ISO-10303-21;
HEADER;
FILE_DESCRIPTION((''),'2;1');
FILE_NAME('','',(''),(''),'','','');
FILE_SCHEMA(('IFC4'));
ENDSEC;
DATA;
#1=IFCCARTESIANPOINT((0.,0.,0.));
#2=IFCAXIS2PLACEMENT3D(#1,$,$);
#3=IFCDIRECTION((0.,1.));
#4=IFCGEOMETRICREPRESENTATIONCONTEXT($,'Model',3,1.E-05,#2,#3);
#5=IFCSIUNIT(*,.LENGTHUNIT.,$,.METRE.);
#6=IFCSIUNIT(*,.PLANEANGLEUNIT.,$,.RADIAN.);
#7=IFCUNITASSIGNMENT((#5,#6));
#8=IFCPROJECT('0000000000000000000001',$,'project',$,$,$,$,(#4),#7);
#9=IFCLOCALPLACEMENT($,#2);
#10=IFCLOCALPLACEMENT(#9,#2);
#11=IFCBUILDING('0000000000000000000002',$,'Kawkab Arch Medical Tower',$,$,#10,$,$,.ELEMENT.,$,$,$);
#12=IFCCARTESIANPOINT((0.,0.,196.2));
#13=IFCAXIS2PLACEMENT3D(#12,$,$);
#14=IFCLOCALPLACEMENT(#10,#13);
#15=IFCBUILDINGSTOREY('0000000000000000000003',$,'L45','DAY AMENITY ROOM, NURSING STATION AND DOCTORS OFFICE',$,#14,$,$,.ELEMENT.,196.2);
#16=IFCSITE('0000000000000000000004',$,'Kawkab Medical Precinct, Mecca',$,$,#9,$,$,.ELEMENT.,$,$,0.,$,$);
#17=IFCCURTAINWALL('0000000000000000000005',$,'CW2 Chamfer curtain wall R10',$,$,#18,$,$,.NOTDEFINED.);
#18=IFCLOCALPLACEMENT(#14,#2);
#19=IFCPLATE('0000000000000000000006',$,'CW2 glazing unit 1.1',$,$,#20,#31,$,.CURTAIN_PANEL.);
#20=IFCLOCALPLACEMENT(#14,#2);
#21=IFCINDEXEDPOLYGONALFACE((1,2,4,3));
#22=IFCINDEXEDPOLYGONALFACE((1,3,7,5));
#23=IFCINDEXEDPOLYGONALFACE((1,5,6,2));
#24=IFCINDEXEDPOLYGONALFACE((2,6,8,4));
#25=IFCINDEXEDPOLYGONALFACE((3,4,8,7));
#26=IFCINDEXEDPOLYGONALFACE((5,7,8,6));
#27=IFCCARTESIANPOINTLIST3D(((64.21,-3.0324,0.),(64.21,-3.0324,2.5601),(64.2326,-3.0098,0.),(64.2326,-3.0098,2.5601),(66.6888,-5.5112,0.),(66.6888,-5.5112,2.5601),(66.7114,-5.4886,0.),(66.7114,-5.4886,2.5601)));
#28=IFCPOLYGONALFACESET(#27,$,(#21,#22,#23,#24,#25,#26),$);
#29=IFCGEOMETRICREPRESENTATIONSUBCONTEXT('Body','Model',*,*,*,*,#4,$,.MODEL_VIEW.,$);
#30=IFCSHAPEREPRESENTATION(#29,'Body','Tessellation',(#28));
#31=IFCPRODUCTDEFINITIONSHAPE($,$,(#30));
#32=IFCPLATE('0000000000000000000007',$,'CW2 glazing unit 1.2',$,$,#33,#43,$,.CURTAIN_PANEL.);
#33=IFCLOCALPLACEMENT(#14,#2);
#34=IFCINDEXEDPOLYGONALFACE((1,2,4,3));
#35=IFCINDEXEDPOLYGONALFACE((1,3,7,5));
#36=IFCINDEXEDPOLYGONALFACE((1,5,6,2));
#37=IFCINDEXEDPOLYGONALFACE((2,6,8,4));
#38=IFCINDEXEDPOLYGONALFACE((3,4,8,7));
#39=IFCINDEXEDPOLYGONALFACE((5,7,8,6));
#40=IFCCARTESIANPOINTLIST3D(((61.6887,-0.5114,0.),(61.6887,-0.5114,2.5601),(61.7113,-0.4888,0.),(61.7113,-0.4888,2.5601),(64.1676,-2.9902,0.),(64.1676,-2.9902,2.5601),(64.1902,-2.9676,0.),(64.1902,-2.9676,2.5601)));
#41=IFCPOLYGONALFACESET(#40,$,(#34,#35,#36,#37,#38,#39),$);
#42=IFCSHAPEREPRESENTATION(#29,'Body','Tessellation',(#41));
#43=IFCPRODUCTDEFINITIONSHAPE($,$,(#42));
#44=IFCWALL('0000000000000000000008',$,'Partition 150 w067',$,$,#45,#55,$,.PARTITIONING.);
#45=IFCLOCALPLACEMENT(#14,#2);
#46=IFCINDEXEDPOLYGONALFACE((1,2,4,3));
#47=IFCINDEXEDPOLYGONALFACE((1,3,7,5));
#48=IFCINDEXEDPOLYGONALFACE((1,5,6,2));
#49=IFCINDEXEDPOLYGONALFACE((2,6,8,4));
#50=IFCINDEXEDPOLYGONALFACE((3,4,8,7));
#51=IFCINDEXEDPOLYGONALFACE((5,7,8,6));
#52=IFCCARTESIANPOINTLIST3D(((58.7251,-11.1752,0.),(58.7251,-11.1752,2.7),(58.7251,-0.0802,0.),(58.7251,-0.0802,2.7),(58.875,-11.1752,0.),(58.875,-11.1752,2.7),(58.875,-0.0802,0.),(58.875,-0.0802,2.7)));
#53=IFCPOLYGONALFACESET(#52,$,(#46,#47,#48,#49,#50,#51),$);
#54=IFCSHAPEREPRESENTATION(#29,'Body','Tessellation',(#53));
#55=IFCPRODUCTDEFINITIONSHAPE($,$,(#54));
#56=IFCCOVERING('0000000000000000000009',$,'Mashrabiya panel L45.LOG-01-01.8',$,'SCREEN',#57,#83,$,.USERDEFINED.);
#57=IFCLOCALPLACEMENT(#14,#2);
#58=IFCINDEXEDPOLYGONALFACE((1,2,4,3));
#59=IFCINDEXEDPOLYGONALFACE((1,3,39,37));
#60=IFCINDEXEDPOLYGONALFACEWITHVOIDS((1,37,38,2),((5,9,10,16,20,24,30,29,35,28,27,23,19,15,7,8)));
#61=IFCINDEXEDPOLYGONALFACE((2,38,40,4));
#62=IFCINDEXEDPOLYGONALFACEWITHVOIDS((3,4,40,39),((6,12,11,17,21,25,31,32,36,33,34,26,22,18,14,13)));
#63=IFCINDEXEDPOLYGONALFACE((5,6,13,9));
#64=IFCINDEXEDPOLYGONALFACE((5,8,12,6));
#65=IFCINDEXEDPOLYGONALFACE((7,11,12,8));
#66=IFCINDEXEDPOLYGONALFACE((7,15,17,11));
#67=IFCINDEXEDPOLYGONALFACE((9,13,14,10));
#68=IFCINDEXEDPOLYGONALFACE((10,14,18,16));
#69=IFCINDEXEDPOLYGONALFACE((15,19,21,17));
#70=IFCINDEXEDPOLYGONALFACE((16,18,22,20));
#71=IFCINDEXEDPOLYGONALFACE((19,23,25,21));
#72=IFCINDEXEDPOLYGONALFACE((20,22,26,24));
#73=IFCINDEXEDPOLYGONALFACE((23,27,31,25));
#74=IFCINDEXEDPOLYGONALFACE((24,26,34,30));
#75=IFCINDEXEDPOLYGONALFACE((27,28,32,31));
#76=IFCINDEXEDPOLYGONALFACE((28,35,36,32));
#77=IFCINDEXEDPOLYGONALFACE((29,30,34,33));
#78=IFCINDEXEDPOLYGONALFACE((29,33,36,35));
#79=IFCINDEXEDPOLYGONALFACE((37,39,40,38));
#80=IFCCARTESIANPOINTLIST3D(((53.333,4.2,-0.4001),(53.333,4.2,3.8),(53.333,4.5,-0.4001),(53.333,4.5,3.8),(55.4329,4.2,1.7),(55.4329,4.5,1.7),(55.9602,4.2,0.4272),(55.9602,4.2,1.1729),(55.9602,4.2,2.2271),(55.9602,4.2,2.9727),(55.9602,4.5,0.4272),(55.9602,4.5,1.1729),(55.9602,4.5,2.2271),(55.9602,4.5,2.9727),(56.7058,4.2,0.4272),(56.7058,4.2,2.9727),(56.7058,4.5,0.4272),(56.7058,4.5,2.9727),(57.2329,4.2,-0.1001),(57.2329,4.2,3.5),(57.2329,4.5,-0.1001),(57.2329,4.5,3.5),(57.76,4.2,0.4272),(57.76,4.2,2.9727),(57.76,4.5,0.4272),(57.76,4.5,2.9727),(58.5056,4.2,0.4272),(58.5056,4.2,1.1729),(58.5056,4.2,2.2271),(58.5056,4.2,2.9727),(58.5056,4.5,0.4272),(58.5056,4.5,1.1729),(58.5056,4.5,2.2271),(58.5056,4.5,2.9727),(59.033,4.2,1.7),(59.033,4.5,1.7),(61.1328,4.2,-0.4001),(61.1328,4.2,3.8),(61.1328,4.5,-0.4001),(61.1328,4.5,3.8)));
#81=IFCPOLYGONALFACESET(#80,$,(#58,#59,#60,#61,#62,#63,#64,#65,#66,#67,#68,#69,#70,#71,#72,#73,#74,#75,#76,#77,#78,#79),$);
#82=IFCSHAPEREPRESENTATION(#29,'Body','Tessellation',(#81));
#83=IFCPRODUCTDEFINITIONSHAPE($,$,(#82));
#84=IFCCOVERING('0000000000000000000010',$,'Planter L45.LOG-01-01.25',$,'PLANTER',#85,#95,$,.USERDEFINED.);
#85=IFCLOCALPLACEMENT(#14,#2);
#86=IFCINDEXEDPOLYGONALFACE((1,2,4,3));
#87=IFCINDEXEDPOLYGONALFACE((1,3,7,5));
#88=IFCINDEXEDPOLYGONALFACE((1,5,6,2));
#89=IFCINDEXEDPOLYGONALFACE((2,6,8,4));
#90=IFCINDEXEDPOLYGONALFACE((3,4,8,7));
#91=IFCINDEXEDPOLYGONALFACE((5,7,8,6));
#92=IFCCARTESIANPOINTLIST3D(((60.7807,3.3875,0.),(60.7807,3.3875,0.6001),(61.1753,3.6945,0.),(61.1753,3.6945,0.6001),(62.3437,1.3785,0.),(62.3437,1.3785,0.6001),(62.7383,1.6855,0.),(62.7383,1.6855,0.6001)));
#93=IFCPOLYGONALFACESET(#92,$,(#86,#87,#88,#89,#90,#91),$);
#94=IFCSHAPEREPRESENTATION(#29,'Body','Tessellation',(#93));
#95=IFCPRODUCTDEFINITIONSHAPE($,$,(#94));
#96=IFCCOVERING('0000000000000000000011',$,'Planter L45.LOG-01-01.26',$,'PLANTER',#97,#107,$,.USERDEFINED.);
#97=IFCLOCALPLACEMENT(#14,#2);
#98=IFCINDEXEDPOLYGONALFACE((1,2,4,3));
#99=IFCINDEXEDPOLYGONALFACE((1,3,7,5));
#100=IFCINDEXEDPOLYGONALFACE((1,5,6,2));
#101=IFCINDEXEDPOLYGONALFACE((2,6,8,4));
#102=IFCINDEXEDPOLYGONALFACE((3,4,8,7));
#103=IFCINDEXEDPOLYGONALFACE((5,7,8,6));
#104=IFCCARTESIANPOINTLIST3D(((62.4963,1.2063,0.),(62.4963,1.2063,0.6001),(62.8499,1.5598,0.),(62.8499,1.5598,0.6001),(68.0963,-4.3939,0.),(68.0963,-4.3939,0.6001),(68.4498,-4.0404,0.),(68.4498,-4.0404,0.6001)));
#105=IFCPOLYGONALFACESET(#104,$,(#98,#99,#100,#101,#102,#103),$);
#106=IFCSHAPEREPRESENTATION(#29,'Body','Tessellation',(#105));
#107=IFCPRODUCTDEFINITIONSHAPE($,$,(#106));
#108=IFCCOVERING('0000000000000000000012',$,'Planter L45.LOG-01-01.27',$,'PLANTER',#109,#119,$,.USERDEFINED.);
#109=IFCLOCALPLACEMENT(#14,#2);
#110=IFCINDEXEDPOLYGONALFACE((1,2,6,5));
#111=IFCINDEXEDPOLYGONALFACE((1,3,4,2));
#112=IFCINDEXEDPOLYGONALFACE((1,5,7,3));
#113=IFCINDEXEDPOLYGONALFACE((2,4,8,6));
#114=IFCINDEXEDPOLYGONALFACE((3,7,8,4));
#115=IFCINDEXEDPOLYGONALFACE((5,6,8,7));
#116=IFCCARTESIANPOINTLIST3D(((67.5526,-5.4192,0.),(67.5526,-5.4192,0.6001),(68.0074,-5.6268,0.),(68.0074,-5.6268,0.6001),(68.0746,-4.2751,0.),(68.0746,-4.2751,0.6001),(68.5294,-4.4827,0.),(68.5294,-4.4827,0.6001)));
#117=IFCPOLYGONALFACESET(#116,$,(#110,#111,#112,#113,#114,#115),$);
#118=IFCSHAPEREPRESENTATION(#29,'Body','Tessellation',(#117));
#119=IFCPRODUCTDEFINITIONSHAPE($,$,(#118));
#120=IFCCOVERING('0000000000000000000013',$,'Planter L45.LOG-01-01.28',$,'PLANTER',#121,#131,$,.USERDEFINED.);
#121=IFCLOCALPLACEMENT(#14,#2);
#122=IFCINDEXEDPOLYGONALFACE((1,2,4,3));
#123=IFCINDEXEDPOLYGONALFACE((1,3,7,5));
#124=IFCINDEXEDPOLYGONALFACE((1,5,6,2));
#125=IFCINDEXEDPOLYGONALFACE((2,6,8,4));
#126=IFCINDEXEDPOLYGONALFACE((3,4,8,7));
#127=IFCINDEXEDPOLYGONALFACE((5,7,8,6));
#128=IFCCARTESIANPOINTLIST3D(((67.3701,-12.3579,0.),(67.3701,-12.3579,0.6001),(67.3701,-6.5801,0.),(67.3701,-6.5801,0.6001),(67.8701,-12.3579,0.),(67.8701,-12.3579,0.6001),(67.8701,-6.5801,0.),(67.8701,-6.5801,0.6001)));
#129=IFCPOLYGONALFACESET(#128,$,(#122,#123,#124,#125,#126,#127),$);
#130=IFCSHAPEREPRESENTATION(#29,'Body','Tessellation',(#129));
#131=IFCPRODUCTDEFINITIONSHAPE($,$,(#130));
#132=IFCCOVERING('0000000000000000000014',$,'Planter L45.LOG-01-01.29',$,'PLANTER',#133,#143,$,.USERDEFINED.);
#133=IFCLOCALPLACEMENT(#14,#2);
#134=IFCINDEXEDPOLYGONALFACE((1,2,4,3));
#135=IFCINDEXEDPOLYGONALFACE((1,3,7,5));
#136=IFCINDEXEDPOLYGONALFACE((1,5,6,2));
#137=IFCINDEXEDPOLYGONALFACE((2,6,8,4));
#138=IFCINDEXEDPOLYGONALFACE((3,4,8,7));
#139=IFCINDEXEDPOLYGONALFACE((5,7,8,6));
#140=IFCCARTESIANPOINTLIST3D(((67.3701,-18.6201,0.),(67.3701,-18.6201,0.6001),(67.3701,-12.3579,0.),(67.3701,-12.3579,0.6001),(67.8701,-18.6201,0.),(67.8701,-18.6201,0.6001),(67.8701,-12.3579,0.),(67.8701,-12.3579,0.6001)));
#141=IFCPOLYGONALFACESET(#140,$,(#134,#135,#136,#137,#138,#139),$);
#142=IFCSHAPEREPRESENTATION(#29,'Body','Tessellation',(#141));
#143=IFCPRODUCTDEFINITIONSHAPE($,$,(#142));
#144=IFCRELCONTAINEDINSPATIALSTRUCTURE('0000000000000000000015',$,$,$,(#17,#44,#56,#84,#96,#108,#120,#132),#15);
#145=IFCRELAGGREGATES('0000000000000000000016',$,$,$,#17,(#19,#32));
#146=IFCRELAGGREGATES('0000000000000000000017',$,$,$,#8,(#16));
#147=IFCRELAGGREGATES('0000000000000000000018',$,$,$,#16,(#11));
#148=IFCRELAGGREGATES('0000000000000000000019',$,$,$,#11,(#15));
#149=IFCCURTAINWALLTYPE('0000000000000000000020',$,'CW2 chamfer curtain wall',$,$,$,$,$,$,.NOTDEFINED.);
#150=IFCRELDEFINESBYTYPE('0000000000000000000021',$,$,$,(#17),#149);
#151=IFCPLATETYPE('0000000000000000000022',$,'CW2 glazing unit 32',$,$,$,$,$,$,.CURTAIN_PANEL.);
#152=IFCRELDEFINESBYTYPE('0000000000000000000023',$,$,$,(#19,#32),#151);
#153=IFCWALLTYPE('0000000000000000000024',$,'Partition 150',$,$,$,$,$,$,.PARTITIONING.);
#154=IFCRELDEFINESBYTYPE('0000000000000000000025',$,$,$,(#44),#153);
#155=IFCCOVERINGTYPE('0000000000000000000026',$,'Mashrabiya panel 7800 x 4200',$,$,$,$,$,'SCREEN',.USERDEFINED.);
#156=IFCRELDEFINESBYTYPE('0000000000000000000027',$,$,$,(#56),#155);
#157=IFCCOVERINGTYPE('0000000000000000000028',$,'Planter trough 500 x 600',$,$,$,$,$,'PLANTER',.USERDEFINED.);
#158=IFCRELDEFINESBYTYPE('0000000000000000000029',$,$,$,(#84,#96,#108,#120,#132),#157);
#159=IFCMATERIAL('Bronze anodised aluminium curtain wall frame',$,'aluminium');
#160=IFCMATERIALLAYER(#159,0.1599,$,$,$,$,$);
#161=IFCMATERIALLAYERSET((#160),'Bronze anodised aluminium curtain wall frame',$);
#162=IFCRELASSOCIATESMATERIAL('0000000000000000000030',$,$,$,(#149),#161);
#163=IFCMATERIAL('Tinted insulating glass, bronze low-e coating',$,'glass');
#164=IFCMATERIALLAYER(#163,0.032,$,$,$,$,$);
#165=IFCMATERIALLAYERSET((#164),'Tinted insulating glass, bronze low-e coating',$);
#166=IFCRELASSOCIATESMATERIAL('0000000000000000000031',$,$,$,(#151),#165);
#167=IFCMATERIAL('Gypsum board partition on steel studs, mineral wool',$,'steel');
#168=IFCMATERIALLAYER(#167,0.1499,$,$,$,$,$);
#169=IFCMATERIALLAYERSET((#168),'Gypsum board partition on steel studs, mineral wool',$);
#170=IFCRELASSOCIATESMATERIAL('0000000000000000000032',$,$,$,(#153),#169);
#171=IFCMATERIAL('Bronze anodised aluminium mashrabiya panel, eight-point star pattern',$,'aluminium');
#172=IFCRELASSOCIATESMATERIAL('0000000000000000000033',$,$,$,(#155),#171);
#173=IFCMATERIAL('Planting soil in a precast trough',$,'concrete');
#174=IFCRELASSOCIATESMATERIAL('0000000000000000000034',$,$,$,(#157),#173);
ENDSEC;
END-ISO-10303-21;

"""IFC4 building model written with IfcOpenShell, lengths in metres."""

from ifc_helpers import new_model, si_unit, direction, frame, frame_2d, origin, origin_2d, place, context, subcontext, project, spatial, polyline, rectangle, outline, extrude, material, layer, layer_set, material_profile, profile_set, type_object, element, aggregate, save


model = new_model("IFC4")

# Units and contexts
model_context = context("Model", 3, precision=1e-05, world=origin(), true_north=direction((0.0, 1.0)))
body_context = subcontext(model_context, "Body", "Model", "MODEL_VIEW")
ifc_project = project(units=[si_unit("LENGTHUNIT", "METRE"), si_unit("PLANEANGLEUNIT", "RADIAN")], contexts=[model_context])

# Site, building, storey
site_placement = place(None, origin())
site = spatial("IfcSite", under=ifc_project, at=site_placement, Name="Kawkab Medical Precinct, Mecca", CompositionType="ELEMENT", RefElevation=0.0)
building_placement = place(site_placement, origin())
building = spatial("IfcBuilding", under=site, at=building_placement, Name="Kawkab Arch Medical Tower", CompositionType="ELEMENT")
storey_placement = place(building_placement, frame((0.0, 0.0, 196.2)))
storey = spatial("IfcBuildingStorey", under=building, at=storey_placement, Name="L45", Description="DAY AMENITY ROOM, NURSING STATION AND DOCTORS OFFICE", CompositionType="ELEMENT", Elevation=196.2)

# Shared definitions
placement = place(storey_placement, origin())

# Curtain wall
ifc_material_1 = material(Name="Bronze anodised aluminium curtain wall frame", Category="aluminium")
ifc_layer_1 = layer(ifc_material_1, 0.1599)
ifc_layer_set_1 = layer_set([ifc_layer_1], Name="Bronze anodised aluminium curtain wall frame")
curtain_wall_type_1 = type_object("IfcCurtainWallType", Name="CW2 chamfer curtain wall", PredefinedType="NOTDEFINED", material=ifc_layer_set_1)
curtain_wall_1 = element("IfcCurtainWall", 1, at=placement, inside=storey, type_object=curtain_wall_type_1, Name="CW2 Chamfer curtain wall R10", PredefinedType="NOTDEFINED")

# Plates
ifc_material_2 = material(Name="Tinted insulating glass, bronze low-e coating", Category="glass")
ifc_layer_2 = layer(ifc_material_2, 0.032)
ifc_layer_set_2 = layer_set([ifc_layer_2], Name="Tinted insulating glass, bronze low-e coating")
plate_type_1 = type_object("IfcPlateType", Name="CW2 glazing unit 32", PredefinedType="CURTAIN_PANEL", material=ifc_layer_set_2)
plate_1_placement = place(storey_placement, frame((65.4607, -4.2605, 0.0), z_axis=(0.0, 0.0, 1.0), x_axis=(-0.707107, 0.707107, 0.0)))
plate_1 = element("IfcPlate", 2, at=plate_1_placement, type_object=plate_type_1, Name="CW2 glazing unit 1.1", PredefinedType="CURTAIN_PANEL", context=body_context, shape_type="SweptSolid", body=[
    extrude(rectangle(XDim=3.5056, YDim=0.032, at=origin_2d()), origin(), (0.0, 0.0, 1.0), 2.5601),
])
plate_2_placement = place(storey_placement, frame((62.9395, -1.7395, 0.0), z_axis=(0.0, 0.0, 1.0), x_axis=(-0.707107, 0.707107, 0.0)))
plate_2 = element("IfcPlate", 3, at=plate_2_placement, type_object=plate_type_1, Name="CW2 glazing unit 1.2", PredefinedType="CURTAIN_PANEL", context=body_context, shape_type="SweptSolid", body=[
    extrude(rectangle(XDim=3.5056, YDim=0.032, at=origin_2d()), origin(), (0.0, 0.0, 1.0), 2.5601),
])
aggregate(curtain_wall_1, [plate_1, plate_2])

# Wall
ifc_material_3 = material(Name="Gypsum board partition on steel studs, mineral wool", Category="steel")
ifc_layer_3 = layer(ifc_material_3, 0.1499)
ifc_layer_set_3 = layer_set([ifc_layer_3], Name="Gypsum board partition on steel studs, mineral wool")
wall_type = type_object("IfcWallType", Name="Partition 150", PredefinedType="PARTITIONING", material=ifc_layer_set_3)
wall_placement = place(storey_placement, frame((58.8, -11.175, 0.0), z_axis=(0.0, 0.0, 1.0), x_axis=(0.0, 1.0, 0.0)))
element("IfcWall", 4, at=wall_placement, inside=storey, type_object=wall_type, Name="Partition 150 w067", PredefinedType="PARTITIONING", context=body_context, shape_type="SweptSolid", body=[
    extrude(rectangle(XDim=11.095, YDim=0.1499, at=frame_2d((5.5474, 0.0))), origin(), (0.0, 0.0, 1.0), 2.7),
])

# Coverings
ifc_material_4 = material(Name="Bronze anodised aluminium mashrabiya panel, eight-point star pattern", Category="aluminium")
ifc_material_profile_1 = material_profile(ifc_material_4, outline(polyline([(-3.8999, -2.1001), (3.8999, -2.1001), (3.8999, 2.1001), (-3.8999, 2.1001), (-3.8999, -2.1001)]), holes=[polyline([(1.8, 0.0), (1.2727, 0.5271), (1.2727, 1.2727), (0.5271, 1.2727), (0.0, 1.8), (-0.5271, 1.2727), (-1.2727, 1.2727), (-1.2727, 0.5271), (-1.8, 0.0), (-1.2727, -0.5271), (-1.2727, -1.2727), (-0.5271, -1.2727), (0.0, -1.8), (0.5271, -1.2727), (1.2727, -1.2727), (1.2727, -0.5271), (1.8, 0.0)])]), Name="Mashrabiya panel 7800x4200")
ifc_profile_set_1 = profile_set([ifc_material_profile_1], Name="Bronze anodised aluminium mashrabiya panel, eight-point star pattern")
covering_type_1 = type_object("IfcCoveringType", Name="Mashrabiya panel 7800 x 4200", ElementType="SCREEN", PredefinedType="USERDEFINED", material=ifc_profile_set_1)
covering_1_placement = place(storey_placement, frame((57.2329, 4.2, 1.7), z_axis=(0.0, 1.0, 0.0), x_axis=(-1.0, 0.0, 0.0)))
element("IfcCovering", 5, at=covering_1_placement, inside=storey, type_object=covering_type_1, Name="Mashrabiya panel L45.LOG-01-01.8", ObjectType="SCREEN", PredefinedType="USERDEFINED", context=body_context, shape_type="SweptSolid", body=[
    extrude(outline(polyline([(-3.8999, -2.1001), (3.8999, -2.1001), (3.8999, 2.1001), (-3.8999, 2.1001), (-3.8999, -2.1001)]), holes=[polyline([(1.8, 0.0), (1.2727, 0.5271), (1.2727, 1.2727), (0.5271, 1.2727), (0.0, 1.8), (-0.5271, 1.2727), (-1.2727, 1.2727), (-1.2727, 0.5271), (-1.8, 0.0), (-1.2727, -0.5271), (-1.2727, -1.2727), (-0.5271, -1.2727), (0.0, -1.8), (0.5271, -1.2727), (1.2727, -1.2727), (1.2727, -0.5271), (1.8, 0.0)])]), origin(), (0.0, 0.0, 1.0), 0.3),
])
ifc_material_5 = material(Name="Planting soil in a precast trough", Category="concrete")
ifc_material_profile_2 = material_profile(ifc_material_5, rectangle(XDim=0.5, YDim=0.6001, at=origin_2d()), Name="Trough 500x600")
ifc_profile_set_2 = profile_set([ifc_material_profile_2], Name="Planting soil in a precast trough")
covering_type_2 = type_object("IfcCoveringType", Name="Planter trough 500 x 600", ElementType="PLANTER", PredefinedType="USERDEFINED", material=ifc_profile_set_2)
covering_2_placement = place(storey_placement, frame((60.978, 3.541, 0.3), z_axis=(0.61404, -0.789275, 0.0), x_axis=(0.789275, 0.61404, 0.0)))
element("IfcCovering", 6, at=covering_2_placement, inside=storey, type_object=covering_type_2, Name="Planter L45.LOG-01-01.25", ObjectType="PLANTER", PredefinedType="USERDEFINED", context=body_context, shape_type="SweptSolid", body=[
    extrude(rectangle(XDim=0.5, YDim=0.6001, at=origin_2d()), origin(), (0.0, 0.0, 1.0), 2.5454),
])
covering_3_placement = place(storey_placement, frame((62.6731, 1.3831, 0.3), z_axis=(0.707091, -0.707122, 0.0), x_axis=(0.707122, 0.707091, 0.0)))
element("IfcCovering", 7, at=covering_3_placement, inside=storey, type_object=covering_type_2, Name="Planter L45.LOG-01-01.26", ObjectType="PLANTER", PredefinedType="USERDEFINED", context=body_context, shape_type="SweptSolid", body=[
    extrude(rectangle(XDim=0.5, YDim=0.6001, at=origin_2d()), origin(), (0.0, 0.0, 1.0), 7.9197),
])
covering_4_placement = place(storey_placement, frame((68.302, -4.3789, 0.3), z_axis=(-0.41509, -0.90978, 0.0), x_axis=(0.90978, -0.41509, 0.0)))
element("IfcCovering", 8, at=covering_4_placement, inside=storey, type_object=covering_type_2, Name="Planter L45.LOG-01-01.27", ObjectType="PLANTER", PredefinedType="USERDEFINED", context=body_context, shape_type="SweptSolid", body=[
    extrude(rectangle(XDim=0.5, YDim=0.6001, at=origin_2d()), origin(), (0.0, 0.0, 1.0), 1.2576),
])
covering_5_placement = place(storey_placement, frame((67.6201, -6.5801, 0.3), z_axis=(0.0, -1.0, 0.0), x_axis=(1.0, 0.0, 0.0)))
element("IfcCovering", 9, at=covering_5_placement, inside=storey, type_object=covering_type_2, Name="Planter L45.LOG-01-01.28", ObjectType="PLANTER", PredefinedType="USERDEFINED", context=body_context, shape_type="SweptSolid", body=[
    extrude(rectangle(XDim=0.5, YDim=0.6001, at=origin_2d()), origin(), (0.0, 0.0, 1.0), 5.7778),
])
covering_6_placement = place(storey_placement, frame((67.6201, -12.3579, 0.3), z_axis=(0.0, -1.0, 0.0), x_axis=(1.0, 0.0, 0.0)))
element("IfcCovering", 10, at=covering_6_placement, inside=storey, type_object=covering_type_2, Name="Planter L45.LOG-01-01.29", ObjectType="PLANTER", PredefinedType="USERDEFINED", context=body_context, shape_type="SweptSolid", body=[
    extrude(rectangle(XDim=0.5, YDim=0.6001, at=origin_2d()), origin(), (0.0, 0.0, 1.0), 6.2622),
])

save(model, "model.ifc")
